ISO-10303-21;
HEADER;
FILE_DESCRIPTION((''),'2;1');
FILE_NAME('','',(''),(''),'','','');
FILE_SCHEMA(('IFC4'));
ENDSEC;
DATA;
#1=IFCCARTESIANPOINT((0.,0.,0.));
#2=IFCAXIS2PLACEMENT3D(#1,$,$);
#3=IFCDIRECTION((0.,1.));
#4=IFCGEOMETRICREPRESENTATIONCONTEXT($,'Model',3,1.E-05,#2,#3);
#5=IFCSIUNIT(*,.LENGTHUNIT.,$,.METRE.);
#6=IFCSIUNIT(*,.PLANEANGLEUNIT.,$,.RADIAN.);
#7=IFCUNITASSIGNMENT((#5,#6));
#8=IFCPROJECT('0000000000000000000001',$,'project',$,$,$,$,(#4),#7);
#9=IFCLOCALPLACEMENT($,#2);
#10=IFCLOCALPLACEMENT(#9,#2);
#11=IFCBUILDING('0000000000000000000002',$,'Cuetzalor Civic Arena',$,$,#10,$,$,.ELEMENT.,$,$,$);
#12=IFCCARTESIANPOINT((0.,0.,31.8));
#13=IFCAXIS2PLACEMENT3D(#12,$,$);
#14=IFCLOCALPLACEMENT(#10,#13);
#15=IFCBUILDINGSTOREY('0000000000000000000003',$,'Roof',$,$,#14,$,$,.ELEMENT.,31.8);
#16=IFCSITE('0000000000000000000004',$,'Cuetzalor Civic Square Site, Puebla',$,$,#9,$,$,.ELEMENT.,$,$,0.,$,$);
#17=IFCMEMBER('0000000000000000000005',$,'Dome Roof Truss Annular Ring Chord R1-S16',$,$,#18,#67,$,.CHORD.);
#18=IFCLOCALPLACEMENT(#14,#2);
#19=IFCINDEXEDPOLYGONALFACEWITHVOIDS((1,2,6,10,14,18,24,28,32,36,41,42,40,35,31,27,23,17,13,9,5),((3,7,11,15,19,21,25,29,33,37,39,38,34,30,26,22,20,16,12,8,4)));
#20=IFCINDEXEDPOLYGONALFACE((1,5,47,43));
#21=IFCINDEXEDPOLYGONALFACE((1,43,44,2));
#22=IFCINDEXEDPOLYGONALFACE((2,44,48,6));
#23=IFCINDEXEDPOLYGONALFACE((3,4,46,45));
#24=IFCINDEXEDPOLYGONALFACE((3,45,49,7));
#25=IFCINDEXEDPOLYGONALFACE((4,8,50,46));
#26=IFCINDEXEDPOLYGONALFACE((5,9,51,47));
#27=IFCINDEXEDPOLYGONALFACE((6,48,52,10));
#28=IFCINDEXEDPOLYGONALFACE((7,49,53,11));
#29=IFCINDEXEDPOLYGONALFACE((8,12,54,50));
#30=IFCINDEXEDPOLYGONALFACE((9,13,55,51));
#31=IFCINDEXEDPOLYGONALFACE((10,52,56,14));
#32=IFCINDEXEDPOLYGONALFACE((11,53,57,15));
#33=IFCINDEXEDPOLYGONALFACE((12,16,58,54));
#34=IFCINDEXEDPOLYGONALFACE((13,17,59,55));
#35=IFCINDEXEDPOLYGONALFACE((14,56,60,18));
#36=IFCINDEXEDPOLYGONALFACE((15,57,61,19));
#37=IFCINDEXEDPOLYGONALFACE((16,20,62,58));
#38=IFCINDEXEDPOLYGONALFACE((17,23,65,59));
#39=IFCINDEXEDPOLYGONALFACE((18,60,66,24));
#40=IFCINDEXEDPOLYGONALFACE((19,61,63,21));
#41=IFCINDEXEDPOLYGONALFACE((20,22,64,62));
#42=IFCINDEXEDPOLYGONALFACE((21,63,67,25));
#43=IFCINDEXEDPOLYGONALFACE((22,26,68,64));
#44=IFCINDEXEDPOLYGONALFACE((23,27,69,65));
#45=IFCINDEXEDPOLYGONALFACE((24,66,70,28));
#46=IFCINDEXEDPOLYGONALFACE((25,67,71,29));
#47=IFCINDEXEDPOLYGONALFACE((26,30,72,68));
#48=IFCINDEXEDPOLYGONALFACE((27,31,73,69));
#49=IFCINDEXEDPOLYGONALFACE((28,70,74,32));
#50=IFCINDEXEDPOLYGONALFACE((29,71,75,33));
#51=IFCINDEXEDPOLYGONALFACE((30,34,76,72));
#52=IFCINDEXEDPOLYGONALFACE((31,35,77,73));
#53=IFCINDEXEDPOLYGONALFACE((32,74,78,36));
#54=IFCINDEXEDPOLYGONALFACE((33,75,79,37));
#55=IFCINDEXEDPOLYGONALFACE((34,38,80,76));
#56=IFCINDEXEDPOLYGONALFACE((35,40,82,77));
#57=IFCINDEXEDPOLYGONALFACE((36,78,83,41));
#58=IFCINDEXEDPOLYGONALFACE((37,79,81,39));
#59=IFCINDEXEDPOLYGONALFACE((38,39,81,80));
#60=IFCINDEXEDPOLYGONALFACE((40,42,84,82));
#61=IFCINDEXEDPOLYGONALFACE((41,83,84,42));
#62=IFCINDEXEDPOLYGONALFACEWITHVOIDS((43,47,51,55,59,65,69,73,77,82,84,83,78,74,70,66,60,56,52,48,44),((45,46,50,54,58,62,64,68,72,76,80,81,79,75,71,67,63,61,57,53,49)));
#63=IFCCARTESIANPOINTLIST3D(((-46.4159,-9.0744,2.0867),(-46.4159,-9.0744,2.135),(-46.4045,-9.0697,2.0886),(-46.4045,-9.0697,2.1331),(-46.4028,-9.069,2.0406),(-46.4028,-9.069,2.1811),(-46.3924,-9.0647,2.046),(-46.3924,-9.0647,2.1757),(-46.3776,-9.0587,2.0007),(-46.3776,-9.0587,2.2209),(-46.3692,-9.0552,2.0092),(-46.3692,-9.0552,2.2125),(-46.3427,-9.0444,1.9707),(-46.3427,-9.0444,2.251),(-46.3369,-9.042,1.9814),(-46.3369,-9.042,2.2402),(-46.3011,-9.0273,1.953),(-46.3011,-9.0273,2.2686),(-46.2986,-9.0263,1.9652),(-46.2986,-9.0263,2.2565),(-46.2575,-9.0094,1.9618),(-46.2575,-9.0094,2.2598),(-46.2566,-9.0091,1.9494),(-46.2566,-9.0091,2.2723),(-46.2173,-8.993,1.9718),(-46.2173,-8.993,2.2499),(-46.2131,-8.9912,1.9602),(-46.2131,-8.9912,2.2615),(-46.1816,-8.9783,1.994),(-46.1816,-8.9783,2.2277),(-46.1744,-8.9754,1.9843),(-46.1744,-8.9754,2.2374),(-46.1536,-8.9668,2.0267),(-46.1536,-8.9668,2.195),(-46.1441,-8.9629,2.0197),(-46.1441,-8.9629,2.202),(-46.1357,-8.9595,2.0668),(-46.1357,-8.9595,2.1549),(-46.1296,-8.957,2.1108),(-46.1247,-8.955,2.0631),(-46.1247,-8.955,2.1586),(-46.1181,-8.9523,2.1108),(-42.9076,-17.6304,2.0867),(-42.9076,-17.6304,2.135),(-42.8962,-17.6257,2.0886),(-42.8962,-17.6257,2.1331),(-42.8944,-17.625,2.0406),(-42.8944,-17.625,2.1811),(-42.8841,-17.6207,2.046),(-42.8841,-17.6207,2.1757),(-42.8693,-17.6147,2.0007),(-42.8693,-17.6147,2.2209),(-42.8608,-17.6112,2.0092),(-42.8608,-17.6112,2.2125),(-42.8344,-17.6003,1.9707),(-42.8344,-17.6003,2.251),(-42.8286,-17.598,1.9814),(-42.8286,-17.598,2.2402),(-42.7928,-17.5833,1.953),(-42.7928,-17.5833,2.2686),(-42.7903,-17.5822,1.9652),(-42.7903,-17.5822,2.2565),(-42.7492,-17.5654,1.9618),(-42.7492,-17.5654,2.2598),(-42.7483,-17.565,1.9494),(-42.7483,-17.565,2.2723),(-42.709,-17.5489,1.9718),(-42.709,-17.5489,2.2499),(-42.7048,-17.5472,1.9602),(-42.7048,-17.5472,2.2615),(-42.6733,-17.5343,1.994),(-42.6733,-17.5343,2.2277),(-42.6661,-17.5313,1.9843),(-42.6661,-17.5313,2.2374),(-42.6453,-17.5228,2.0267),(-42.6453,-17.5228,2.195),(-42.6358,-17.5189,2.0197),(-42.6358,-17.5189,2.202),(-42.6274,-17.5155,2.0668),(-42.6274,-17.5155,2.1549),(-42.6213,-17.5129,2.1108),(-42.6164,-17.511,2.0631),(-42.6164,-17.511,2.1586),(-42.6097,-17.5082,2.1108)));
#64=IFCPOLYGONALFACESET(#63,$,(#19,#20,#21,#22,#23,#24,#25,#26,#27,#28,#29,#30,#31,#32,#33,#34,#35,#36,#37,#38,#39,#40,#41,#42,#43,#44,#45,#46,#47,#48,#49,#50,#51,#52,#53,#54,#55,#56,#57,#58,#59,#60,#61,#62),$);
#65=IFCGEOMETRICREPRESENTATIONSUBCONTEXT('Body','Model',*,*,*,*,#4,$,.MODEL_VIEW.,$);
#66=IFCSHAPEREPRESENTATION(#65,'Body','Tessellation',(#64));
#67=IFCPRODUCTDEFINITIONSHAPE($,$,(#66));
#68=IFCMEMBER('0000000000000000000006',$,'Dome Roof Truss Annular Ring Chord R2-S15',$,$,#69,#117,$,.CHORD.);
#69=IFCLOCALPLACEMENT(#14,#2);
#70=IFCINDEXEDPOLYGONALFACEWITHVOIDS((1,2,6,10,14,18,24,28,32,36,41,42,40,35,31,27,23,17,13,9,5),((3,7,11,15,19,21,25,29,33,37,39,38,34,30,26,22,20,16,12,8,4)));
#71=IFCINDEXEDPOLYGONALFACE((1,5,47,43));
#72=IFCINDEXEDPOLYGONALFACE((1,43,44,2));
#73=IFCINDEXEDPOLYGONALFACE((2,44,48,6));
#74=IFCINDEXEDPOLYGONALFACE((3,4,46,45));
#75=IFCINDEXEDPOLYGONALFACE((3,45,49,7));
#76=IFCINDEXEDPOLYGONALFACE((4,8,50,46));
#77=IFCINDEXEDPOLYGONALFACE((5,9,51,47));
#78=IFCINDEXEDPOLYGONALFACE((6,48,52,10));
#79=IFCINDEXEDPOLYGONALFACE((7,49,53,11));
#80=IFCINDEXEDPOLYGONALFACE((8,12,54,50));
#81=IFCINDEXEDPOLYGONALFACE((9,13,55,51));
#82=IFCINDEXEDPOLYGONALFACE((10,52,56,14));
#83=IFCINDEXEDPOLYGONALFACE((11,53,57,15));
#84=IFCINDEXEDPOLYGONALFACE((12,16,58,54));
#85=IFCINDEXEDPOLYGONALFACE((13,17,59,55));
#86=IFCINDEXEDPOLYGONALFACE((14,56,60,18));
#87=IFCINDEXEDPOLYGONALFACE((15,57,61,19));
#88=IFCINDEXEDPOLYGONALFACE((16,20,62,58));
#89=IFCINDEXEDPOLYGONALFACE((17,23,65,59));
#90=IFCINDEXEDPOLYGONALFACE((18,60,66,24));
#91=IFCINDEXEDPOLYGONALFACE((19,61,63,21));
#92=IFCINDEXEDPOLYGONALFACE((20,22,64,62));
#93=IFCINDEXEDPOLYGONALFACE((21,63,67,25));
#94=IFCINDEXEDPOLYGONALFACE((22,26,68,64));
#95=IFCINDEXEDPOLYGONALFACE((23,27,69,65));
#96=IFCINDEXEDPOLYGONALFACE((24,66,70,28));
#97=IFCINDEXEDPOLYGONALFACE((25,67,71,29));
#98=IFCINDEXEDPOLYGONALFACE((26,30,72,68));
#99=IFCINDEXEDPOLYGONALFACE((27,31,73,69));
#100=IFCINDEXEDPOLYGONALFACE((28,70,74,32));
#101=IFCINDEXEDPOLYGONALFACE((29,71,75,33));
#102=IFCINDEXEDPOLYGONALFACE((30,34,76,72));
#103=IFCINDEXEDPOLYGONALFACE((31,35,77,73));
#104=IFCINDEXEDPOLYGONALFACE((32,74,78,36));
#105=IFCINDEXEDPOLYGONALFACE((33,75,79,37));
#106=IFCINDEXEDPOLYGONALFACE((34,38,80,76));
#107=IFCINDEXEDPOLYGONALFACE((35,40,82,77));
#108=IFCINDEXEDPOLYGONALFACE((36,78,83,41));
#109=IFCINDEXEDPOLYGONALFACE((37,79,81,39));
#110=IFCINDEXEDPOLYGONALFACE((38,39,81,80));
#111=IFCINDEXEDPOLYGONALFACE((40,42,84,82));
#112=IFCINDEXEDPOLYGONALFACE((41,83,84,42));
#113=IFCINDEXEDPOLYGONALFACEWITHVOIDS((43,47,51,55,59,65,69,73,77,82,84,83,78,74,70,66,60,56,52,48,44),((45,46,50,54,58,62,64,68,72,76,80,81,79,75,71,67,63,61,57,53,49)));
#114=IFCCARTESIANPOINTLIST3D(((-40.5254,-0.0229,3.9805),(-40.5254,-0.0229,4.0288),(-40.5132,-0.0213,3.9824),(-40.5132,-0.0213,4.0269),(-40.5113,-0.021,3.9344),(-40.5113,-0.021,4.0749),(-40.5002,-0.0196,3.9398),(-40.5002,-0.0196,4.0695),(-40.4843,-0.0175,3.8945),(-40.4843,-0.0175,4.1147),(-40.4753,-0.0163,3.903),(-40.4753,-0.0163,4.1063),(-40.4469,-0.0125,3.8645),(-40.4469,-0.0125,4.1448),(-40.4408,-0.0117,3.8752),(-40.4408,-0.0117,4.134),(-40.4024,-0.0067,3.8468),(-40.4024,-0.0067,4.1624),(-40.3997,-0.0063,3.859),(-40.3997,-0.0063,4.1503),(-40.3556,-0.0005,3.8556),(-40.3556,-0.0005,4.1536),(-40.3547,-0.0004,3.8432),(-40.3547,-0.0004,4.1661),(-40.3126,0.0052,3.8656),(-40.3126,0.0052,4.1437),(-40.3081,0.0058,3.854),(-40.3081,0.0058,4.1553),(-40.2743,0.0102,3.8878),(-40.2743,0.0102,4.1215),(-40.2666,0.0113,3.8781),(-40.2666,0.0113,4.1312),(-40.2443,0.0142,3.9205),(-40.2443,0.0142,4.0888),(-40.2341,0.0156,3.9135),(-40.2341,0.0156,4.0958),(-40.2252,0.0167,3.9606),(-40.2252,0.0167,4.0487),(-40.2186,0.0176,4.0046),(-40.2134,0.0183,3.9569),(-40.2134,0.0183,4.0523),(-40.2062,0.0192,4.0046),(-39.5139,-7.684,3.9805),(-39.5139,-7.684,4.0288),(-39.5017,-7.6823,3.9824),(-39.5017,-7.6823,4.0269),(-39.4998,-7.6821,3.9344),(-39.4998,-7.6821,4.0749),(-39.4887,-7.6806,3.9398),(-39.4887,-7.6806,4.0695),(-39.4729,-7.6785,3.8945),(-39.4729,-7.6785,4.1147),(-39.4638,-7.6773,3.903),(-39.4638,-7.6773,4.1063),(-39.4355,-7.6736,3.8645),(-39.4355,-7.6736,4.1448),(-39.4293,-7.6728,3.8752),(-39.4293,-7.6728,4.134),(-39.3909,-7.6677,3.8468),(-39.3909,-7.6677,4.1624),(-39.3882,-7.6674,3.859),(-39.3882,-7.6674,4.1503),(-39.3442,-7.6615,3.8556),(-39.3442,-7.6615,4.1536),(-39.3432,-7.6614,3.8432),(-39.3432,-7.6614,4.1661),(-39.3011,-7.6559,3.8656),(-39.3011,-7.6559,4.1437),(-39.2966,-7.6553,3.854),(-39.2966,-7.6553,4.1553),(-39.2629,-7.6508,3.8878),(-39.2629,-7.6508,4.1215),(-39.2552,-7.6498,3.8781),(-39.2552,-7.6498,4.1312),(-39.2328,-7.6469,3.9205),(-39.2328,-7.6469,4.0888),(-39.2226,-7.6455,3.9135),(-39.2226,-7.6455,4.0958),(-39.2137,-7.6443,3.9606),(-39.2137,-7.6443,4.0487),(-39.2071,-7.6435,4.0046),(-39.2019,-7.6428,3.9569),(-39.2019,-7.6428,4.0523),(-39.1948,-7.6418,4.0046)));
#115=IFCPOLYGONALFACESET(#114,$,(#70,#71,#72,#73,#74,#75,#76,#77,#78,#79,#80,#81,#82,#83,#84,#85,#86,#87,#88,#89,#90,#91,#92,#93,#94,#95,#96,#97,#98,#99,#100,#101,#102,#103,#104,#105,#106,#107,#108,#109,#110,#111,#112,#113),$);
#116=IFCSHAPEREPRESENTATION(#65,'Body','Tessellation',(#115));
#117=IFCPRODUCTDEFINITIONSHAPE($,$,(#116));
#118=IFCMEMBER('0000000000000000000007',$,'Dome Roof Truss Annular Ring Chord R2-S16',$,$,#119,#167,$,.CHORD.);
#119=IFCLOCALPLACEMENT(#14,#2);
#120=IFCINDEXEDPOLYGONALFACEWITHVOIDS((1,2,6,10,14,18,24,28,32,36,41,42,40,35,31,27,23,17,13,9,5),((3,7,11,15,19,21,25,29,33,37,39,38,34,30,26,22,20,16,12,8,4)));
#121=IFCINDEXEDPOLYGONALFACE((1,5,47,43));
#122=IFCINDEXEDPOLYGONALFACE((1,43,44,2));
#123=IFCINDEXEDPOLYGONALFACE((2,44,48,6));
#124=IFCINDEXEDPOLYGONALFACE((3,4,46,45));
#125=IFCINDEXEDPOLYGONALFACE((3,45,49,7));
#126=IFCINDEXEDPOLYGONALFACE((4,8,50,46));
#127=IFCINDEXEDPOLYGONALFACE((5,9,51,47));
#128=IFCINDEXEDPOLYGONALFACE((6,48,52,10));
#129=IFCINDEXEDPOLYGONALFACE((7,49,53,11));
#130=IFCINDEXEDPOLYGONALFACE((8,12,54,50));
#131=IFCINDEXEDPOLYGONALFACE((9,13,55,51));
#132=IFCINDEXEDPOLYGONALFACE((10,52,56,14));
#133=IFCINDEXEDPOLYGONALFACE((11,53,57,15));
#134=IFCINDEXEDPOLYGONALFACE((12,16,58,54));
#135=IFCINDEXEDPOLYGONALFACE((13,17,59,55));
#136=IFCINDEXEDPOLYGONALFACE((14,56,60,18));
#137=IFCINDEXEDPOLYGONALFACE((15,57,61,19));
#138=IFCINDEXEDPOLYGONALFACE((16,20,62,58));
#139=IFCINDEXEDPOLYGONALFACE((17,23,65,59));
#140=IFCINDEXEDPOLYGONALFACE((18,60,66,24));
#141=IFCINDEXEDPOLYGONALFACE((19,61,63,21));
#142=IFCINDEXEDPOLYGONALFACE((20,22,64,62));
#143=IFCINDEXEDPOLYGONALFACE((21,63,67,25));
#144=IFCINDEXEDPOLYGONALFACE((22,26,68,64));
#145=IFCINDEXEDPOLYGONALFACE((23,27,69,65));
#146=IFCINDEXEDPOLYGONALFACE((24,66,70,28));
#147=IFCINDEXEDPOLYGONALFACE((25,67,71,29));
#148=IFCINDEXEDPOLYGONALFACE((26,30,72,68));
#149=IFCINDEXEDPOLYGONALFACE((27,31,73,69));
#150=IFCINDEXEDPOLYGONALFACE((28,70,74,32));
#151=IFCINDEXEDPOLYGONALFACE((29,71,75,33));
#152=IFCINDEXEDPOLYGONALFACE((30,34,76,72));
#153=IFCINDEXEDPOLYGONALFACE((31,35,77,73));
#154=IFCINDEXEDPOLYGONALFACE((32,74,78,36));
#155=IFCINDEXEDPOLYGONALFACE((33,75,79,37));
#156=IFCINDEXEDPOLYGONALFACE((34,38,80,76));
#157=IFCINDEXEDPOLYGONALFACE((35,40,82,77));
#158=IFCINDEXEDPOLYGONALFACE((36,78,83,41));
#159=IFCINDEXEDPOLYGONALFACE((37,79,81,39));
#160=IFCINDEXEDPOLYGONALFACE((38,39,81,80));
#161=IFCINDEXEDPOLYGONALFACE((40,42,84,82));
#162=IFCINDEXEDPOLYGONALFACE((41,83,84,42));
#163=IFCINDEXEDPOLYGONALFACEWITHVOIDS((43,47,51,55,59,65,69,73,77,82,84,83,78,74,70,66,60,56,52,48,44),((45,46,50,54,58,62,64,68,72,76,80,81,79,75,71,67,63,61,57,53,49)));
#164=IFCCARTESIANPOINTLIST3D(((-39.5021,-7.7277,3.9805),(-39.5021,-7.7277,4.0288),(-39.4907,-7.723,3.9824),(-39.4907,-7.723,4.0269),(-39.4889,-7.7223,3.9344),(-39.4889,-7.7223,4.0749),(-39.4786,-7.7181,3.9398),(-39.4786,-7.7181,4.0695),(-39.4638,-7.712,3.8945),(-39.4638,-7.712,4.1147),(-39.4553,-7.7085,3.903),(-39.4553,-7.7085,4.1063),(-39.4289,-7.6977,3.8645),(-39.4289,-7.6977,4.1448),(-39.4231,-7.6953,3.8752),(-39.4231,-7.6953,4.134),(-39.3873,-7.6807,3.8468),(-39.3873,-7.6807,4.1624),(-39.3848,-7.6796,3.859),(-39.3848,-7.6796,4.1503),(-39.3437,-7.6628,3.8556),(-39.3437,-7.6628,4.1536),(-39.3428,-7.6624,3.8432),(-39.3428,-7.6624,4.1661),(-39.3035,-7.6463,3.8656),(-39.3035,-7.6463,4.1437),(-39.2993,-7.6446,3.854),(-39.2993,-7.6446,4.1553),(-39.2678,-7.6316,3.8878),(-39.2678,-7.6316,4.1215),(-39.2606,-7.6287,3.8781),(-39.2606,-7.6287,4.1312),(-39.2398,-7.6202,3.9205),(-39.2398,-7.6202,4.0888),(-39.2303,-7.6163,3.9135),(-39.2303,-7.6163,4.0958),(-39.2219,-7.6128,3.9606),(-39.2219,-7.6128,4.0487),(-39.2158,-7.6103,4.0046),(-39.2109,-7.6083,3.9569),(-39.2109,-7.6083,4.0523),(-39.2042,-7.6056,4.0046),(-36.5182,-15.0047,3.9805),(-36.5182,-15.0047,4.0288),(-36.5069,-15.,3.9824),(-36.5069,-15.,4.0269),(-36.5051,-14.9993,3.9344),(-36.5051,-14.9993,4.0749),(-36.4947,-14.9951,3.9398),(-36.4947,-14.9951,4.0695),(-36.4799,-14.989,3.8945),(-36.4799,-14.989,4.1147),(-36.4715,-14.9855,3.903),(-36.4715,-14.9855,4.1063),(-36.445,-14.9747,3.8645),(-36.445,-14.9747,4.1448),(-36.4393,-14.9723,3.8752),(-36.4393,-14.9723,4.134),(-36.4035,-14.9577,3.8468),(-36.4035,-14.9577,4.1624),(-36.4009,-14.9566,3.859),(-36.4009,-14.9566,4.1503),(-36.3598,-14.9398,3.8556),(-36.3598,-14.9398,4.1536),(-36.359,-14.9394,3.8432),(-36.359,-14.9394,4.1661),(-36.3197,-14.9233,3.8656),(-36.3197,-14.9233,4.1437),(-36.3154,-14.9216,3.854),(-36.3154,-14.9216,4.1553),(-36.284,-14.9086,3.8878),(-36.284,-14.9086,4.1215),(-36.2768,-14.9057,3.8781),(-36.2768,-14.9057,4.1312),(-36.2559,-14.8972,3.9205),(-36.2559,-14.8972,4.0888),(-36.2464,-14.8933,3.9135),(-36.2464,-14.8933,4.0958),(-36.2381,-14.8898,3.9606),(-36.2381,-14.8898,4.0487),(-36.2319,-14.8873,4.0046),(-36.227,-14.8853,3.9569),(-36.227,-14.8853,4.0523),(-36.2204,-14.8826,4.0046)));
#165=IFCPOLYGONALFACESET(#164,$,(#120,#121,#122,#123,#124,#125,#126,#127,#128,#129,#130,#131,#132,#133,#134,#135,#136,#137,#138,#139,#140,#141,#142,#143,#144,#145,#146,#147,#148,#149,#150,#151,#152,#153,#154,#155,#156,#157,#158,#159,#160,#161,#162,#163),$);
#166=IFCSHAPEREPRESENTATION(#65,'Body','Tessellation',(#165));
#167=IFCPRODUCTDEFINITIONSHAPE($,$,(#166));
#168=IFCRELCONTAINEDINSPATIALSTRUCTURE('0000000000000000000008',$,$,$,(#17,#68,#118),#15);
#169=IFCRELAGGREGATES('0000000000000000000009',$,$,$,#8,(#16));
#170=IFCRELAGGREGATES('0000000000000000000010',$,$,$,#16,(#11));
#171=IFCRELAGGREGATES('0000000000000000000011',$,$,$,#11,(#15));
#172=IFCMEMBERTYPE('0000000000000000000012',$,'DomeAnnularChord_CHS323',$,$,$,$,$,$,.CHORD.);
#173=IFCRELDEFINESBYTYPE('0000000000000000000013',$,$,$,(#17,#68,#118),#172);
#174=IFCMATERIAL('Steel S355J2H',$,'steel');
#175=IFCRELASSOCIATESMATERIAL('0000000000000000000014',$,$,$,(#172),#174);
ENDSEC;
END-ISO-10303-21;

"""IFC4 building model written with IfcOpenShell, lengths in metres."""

from ifc_helpers import new_model, si_unit, direction, frame, origin, origin_2d, place, context, subcontext, project, spatial, hollow_circle, extrude, material, material_profile, profile_set, type_object, element, save


model = new_model("IFC4")

# Units and contexts
model_context = context("Model", 3, precision=1e-05, world=origin(), true_north=direction((0.0, 1.0)))
body_context = subcontext(model_context, "Body", "Model", "MODEL_VIEW")
ifc_project = project(units=[si_unit("LENGTHUNIT", "METRE"), si_unit("PLANEANGLEUNIT", "RADIAN")], contexts=[model_context])

# Site, building, storey
site_placement = place(None, origin())
site = spatial("IfcSite", under=ifc_project, at=site_placement, Name="Cuetzalor Civic Square Site, Puebla", CompositionType="ELEMENT", RefElevation=0.0)
building_placement = place(site_placement, origin())
building = spatial("IfcBuilding", under=site, at=building_placement, Name="Cuetzalor Civic Arena", CompositionType="ELEMENT")
storey_placement = place(building_placement, frame((0.0, 0.0, 31.8)))
storey = spatial("IfcBuildingStorey", under=building, at=storey_placement, Name="Roof", CompositionType="ELEMENT", Elevation=31.8)

# Members
ifc_material_1 = material(Name="Steel S355J2H", Category="steel")
ifc_material_profile_1 = material_profile(ifc_material_1, hollow_circle(Radius=0.1619, WallThickness=0.0125, at=origin_2d()), Name="CHS 323.9x12.5")
ifc_profile_set_1 = profile_set([ifc_material_profile_1], Name="Steel S355J2H")
member_type_1 = type_object("IfcMemberType", Name="DomeAnnularChord_CHS323", PredefinedType="CHORD", material=ifc_profile_set_1)
member_1_placement = place(storey_placement, frame((-46.2678, -9.0137, 2.1108), z_axis=(0.379388, -0.925238, 0.0), x_axis=(0.925238, 0.379388, 0.0)))
element("IfcMember", 1, at=member_1_placement, inside=storey, type_object=member_type_1, Name="Dome Roof Truss Annular Ring Chord R1-S16", PredefinedType="CHORD", context=body_context, shape_type="SweptSolid", body=[
    extrude(hollow_circle(Radius=0.1619, WallThickness=0.0125, at=origin_2d()), origin(), (0.0, 0.0, 1.0), 9.2473),
])
member_2_placement = place(storey_placement, frame((-40.3667, -0.002, 4.0046), z_axis=(0.130891, -0.991397, 0.0), x_axis=(0.991397, 0.130891, 0.0)))
element("IfcMember", 2, at=member_2_placement, inside=storey, type_object=member_type_1, Name="Dome Roof Truss Annular Ring Chord R2-S15", PredefinedType="CHORD", context=body_context, shape_type="SweptSolid", body=[
    extrude(hollow_circle(Radius=0.1619, WallThickness=0.0125, at=origin_2d()), origin(), (0.0, 0.0, 1.0), 7.7275),
])
member_3_placement = place(storey_placement, frame((-39.354, -7.667, 4.0046), z_axis=(0.379383, -0.92524, 0.0), x_axis=(0.92524, 0.379383, 0.0)))
element("IfcMember", 3, at=member_3_placement, inside=storey, type_object=member_type_1, Name="Dome Roof Truss Annular Ring Chord R2-S16", PredefinedType="CHORD", context=body_context, shape_type="SweptSolid", body=[
    extrude(hollow_circle(Radius=0.1619, WallThickness=0.0125, at=origin_2d()), origin(), (0.0, 0.0, 1.0), 7.865),
])

save(model, "model.ifc")
